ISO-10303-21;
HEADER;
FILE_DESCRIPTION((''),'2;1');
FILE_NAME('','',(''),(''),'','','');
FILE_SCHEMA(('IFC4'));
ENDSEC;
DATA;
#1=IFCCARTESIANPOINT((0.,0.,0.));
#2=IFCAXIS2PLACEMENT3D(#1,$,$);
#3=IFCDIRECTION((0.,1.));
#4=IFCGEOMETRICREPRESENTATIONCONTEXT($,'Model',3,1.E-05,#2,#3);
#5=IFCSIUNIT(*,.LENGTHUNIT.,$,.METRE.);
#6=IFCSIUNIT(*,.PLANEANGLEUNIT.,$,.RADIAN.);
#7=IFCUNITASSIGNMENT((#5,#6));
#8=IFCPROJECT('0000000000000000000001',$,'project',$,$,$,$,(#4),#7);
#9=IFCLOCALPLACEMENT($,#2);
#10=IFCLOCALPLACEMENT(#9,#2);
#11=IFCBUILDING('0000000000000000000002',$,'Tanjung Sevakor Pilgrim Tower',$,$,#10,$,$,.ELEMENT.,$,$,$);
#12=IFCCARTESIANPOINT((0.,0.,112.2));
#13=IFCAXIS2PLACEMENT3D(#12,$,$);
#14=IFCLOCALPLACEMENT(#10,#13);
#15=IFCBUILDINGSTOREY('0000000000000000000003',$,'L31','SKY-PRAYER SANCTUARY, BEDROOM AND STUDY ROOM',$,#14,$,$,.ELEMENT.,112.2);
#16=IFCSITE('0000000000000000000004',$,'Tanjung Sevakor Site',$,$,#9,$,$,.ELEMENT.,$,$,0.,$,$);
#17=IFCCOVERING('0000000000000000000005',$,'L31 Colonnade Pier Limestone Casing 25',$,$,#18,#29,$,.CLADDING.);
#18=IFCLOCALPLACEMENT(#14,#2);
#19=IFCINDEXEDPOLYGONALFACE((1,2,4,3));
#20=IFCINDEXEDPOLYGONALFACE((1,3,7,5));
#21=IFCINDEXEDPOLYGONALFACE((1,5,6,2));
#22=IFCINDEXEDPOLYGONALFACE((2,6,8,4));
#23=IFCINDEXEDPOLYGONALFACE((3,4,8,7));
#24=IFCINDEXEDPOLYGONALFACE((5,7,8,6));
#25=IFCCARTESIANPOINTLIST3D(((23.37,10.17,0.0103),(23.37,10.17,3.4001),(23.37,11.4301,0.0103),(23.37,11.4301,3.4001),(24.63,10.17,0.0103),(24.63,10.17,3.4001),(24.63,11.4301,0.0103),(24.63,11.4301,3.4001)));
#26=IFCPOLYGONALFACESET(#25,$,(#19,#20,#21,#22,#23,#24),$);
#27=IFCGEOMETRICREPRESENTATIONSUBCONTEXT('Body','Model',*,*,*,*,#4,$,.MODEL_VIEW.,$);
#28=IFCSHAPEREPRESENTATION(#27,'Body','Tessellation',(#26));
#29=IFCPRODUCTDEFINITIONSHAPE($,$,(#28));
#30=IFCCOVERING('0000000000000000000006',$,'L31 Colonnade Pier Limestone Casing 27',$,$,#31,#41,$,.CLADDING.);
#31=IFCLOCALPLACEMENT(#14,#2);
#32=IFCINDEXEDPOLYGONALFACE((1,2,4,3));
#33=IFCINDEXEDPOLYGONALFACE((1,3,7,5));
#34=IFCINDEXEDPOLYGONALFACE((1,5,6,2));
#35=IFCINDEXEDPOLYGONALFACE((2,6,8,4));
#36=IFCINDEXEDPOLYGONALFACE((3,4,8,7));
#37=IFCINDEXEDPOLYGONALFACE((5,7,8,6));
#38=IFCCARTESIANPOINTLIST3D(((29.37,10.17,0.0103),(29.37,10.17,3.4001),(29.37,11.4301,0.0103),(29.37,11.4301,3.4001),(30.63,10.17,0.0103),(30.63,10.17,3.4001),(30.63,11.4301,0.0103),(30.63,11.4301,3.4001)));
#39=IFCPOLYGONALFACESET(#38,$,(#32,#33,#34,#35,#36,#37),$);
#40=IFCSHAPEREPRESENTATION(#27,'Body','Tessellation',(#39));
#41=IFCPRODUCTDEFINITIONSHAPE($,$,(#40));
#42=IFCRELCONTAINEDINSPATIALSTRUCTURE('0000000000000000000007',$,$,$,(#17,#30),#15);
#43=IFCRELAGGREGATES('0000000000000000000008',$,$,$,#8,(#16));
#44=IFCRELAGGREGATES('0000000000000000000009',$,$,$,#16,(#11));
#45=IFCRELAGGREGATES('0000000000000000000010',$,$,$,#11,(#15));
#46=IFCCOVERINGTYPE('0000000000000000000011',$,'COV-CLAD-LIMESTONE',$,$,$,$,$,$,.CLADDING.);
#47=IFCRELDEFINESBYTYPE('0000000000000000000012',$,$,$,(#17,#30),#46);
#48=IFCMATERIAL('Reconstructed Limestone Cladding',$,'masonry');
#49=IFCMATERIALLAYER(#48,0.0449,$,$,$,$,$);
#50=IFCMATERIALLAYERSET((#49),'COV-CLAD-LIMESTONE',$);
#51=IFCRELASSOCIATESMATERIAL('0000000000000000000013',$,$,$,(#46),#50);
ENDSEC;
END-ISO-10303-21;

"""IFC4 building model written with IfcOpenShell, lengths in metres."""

from ifc_helpers import new_model, si_unit, direction, frame, origin, origin_2d, place, context, subcontext, project, spatial, rectangle, extrude, material, layer, layer_set, type_object, element, save


model = new_model("IFC4")

# Units and contexts
model_context = context("Model", 3, precision=1e-05, world=origin(), true_north=direction((0.0, 1.0)))
body_context = subcontext(model_context, "Body", "Model", "MODEL_VIEW")
ifc_project = project(units=[si_unit("LENGTHUNIT", "METRE"), si_unit("PLANEANGLEUNIT", "RADIAN")], contexts=[model_context])

# Site, building, storey
site_placement = place(None, origin())
site = spatial("IfcSite", under=ifc_project, at=site_placement, Name="Tanjung Sevakor Site", CompositionType="ELEMENT", RefElevation=0.0)
building_placement = place(site_placement, origin())
building = spatial("IfcBuilding", under=site, at=building_placement, Name="Tanjung Sevakor Pilgrim Tower", CompositionType="ELEMENT")
storey_placement = place(building_placement, frame((0.0, 0.0, 112.2)))
storey = spatial("IfcBuildingStorey", under=building, at=storey_placement, Name="L31", Description="SKY-PRAYER SANCTUARY, BEDROOM AND STUDY ROOM", CompositionType="ELEMENT", Elevation=112.2)

# Coverings
ifc_material_1 = material(Name="Reconstructed Limestone Cladding", Category="masonry")
ifc_layer_1 = layer(ifc_material_1, 0.0449)
ifc_layer_set_1 = layer_set([ifc_layer_1], Name="COV-CLAD-LIMESTONE")
covering_type = type_object("IfcCoveringType", Name="COV-CLAD-LIMESTONE", PredefinedType="CLADDING", material=ifc_layer_set_1)
for number, where, z_axis, x_axis, name in (
    (1, (24.0, 10.8, 0.0103), (0.0, 0.0, 1.0), (1.0, 0.0, 0.0), "L31 Colonnade Pier Limestone Casing 25"),
    (2, (30.0, 10.8, 0.0103), (0.0, 0.0, 1.0), (1.0, 0.0, 0.0), "L31 Colonnade Pier Limestone Casing 27"),
):
    element("IfcCovering", number, at=place(storey_placement, frame(where, z_axis=z_axis, x_axis=x_axis)), inside=storey, type_object=covering_type, Name=name, PredefinedType="CLADDING", context=body_context, shape_type="SweptSolid", body=[
        extrude(rectangle(XDim=1.26, YDim=1.26, at=origin_2d()), origin(), (0.0, 0.0, 1.0), 3.3899),
    ])

save(model, "model.ifc")
